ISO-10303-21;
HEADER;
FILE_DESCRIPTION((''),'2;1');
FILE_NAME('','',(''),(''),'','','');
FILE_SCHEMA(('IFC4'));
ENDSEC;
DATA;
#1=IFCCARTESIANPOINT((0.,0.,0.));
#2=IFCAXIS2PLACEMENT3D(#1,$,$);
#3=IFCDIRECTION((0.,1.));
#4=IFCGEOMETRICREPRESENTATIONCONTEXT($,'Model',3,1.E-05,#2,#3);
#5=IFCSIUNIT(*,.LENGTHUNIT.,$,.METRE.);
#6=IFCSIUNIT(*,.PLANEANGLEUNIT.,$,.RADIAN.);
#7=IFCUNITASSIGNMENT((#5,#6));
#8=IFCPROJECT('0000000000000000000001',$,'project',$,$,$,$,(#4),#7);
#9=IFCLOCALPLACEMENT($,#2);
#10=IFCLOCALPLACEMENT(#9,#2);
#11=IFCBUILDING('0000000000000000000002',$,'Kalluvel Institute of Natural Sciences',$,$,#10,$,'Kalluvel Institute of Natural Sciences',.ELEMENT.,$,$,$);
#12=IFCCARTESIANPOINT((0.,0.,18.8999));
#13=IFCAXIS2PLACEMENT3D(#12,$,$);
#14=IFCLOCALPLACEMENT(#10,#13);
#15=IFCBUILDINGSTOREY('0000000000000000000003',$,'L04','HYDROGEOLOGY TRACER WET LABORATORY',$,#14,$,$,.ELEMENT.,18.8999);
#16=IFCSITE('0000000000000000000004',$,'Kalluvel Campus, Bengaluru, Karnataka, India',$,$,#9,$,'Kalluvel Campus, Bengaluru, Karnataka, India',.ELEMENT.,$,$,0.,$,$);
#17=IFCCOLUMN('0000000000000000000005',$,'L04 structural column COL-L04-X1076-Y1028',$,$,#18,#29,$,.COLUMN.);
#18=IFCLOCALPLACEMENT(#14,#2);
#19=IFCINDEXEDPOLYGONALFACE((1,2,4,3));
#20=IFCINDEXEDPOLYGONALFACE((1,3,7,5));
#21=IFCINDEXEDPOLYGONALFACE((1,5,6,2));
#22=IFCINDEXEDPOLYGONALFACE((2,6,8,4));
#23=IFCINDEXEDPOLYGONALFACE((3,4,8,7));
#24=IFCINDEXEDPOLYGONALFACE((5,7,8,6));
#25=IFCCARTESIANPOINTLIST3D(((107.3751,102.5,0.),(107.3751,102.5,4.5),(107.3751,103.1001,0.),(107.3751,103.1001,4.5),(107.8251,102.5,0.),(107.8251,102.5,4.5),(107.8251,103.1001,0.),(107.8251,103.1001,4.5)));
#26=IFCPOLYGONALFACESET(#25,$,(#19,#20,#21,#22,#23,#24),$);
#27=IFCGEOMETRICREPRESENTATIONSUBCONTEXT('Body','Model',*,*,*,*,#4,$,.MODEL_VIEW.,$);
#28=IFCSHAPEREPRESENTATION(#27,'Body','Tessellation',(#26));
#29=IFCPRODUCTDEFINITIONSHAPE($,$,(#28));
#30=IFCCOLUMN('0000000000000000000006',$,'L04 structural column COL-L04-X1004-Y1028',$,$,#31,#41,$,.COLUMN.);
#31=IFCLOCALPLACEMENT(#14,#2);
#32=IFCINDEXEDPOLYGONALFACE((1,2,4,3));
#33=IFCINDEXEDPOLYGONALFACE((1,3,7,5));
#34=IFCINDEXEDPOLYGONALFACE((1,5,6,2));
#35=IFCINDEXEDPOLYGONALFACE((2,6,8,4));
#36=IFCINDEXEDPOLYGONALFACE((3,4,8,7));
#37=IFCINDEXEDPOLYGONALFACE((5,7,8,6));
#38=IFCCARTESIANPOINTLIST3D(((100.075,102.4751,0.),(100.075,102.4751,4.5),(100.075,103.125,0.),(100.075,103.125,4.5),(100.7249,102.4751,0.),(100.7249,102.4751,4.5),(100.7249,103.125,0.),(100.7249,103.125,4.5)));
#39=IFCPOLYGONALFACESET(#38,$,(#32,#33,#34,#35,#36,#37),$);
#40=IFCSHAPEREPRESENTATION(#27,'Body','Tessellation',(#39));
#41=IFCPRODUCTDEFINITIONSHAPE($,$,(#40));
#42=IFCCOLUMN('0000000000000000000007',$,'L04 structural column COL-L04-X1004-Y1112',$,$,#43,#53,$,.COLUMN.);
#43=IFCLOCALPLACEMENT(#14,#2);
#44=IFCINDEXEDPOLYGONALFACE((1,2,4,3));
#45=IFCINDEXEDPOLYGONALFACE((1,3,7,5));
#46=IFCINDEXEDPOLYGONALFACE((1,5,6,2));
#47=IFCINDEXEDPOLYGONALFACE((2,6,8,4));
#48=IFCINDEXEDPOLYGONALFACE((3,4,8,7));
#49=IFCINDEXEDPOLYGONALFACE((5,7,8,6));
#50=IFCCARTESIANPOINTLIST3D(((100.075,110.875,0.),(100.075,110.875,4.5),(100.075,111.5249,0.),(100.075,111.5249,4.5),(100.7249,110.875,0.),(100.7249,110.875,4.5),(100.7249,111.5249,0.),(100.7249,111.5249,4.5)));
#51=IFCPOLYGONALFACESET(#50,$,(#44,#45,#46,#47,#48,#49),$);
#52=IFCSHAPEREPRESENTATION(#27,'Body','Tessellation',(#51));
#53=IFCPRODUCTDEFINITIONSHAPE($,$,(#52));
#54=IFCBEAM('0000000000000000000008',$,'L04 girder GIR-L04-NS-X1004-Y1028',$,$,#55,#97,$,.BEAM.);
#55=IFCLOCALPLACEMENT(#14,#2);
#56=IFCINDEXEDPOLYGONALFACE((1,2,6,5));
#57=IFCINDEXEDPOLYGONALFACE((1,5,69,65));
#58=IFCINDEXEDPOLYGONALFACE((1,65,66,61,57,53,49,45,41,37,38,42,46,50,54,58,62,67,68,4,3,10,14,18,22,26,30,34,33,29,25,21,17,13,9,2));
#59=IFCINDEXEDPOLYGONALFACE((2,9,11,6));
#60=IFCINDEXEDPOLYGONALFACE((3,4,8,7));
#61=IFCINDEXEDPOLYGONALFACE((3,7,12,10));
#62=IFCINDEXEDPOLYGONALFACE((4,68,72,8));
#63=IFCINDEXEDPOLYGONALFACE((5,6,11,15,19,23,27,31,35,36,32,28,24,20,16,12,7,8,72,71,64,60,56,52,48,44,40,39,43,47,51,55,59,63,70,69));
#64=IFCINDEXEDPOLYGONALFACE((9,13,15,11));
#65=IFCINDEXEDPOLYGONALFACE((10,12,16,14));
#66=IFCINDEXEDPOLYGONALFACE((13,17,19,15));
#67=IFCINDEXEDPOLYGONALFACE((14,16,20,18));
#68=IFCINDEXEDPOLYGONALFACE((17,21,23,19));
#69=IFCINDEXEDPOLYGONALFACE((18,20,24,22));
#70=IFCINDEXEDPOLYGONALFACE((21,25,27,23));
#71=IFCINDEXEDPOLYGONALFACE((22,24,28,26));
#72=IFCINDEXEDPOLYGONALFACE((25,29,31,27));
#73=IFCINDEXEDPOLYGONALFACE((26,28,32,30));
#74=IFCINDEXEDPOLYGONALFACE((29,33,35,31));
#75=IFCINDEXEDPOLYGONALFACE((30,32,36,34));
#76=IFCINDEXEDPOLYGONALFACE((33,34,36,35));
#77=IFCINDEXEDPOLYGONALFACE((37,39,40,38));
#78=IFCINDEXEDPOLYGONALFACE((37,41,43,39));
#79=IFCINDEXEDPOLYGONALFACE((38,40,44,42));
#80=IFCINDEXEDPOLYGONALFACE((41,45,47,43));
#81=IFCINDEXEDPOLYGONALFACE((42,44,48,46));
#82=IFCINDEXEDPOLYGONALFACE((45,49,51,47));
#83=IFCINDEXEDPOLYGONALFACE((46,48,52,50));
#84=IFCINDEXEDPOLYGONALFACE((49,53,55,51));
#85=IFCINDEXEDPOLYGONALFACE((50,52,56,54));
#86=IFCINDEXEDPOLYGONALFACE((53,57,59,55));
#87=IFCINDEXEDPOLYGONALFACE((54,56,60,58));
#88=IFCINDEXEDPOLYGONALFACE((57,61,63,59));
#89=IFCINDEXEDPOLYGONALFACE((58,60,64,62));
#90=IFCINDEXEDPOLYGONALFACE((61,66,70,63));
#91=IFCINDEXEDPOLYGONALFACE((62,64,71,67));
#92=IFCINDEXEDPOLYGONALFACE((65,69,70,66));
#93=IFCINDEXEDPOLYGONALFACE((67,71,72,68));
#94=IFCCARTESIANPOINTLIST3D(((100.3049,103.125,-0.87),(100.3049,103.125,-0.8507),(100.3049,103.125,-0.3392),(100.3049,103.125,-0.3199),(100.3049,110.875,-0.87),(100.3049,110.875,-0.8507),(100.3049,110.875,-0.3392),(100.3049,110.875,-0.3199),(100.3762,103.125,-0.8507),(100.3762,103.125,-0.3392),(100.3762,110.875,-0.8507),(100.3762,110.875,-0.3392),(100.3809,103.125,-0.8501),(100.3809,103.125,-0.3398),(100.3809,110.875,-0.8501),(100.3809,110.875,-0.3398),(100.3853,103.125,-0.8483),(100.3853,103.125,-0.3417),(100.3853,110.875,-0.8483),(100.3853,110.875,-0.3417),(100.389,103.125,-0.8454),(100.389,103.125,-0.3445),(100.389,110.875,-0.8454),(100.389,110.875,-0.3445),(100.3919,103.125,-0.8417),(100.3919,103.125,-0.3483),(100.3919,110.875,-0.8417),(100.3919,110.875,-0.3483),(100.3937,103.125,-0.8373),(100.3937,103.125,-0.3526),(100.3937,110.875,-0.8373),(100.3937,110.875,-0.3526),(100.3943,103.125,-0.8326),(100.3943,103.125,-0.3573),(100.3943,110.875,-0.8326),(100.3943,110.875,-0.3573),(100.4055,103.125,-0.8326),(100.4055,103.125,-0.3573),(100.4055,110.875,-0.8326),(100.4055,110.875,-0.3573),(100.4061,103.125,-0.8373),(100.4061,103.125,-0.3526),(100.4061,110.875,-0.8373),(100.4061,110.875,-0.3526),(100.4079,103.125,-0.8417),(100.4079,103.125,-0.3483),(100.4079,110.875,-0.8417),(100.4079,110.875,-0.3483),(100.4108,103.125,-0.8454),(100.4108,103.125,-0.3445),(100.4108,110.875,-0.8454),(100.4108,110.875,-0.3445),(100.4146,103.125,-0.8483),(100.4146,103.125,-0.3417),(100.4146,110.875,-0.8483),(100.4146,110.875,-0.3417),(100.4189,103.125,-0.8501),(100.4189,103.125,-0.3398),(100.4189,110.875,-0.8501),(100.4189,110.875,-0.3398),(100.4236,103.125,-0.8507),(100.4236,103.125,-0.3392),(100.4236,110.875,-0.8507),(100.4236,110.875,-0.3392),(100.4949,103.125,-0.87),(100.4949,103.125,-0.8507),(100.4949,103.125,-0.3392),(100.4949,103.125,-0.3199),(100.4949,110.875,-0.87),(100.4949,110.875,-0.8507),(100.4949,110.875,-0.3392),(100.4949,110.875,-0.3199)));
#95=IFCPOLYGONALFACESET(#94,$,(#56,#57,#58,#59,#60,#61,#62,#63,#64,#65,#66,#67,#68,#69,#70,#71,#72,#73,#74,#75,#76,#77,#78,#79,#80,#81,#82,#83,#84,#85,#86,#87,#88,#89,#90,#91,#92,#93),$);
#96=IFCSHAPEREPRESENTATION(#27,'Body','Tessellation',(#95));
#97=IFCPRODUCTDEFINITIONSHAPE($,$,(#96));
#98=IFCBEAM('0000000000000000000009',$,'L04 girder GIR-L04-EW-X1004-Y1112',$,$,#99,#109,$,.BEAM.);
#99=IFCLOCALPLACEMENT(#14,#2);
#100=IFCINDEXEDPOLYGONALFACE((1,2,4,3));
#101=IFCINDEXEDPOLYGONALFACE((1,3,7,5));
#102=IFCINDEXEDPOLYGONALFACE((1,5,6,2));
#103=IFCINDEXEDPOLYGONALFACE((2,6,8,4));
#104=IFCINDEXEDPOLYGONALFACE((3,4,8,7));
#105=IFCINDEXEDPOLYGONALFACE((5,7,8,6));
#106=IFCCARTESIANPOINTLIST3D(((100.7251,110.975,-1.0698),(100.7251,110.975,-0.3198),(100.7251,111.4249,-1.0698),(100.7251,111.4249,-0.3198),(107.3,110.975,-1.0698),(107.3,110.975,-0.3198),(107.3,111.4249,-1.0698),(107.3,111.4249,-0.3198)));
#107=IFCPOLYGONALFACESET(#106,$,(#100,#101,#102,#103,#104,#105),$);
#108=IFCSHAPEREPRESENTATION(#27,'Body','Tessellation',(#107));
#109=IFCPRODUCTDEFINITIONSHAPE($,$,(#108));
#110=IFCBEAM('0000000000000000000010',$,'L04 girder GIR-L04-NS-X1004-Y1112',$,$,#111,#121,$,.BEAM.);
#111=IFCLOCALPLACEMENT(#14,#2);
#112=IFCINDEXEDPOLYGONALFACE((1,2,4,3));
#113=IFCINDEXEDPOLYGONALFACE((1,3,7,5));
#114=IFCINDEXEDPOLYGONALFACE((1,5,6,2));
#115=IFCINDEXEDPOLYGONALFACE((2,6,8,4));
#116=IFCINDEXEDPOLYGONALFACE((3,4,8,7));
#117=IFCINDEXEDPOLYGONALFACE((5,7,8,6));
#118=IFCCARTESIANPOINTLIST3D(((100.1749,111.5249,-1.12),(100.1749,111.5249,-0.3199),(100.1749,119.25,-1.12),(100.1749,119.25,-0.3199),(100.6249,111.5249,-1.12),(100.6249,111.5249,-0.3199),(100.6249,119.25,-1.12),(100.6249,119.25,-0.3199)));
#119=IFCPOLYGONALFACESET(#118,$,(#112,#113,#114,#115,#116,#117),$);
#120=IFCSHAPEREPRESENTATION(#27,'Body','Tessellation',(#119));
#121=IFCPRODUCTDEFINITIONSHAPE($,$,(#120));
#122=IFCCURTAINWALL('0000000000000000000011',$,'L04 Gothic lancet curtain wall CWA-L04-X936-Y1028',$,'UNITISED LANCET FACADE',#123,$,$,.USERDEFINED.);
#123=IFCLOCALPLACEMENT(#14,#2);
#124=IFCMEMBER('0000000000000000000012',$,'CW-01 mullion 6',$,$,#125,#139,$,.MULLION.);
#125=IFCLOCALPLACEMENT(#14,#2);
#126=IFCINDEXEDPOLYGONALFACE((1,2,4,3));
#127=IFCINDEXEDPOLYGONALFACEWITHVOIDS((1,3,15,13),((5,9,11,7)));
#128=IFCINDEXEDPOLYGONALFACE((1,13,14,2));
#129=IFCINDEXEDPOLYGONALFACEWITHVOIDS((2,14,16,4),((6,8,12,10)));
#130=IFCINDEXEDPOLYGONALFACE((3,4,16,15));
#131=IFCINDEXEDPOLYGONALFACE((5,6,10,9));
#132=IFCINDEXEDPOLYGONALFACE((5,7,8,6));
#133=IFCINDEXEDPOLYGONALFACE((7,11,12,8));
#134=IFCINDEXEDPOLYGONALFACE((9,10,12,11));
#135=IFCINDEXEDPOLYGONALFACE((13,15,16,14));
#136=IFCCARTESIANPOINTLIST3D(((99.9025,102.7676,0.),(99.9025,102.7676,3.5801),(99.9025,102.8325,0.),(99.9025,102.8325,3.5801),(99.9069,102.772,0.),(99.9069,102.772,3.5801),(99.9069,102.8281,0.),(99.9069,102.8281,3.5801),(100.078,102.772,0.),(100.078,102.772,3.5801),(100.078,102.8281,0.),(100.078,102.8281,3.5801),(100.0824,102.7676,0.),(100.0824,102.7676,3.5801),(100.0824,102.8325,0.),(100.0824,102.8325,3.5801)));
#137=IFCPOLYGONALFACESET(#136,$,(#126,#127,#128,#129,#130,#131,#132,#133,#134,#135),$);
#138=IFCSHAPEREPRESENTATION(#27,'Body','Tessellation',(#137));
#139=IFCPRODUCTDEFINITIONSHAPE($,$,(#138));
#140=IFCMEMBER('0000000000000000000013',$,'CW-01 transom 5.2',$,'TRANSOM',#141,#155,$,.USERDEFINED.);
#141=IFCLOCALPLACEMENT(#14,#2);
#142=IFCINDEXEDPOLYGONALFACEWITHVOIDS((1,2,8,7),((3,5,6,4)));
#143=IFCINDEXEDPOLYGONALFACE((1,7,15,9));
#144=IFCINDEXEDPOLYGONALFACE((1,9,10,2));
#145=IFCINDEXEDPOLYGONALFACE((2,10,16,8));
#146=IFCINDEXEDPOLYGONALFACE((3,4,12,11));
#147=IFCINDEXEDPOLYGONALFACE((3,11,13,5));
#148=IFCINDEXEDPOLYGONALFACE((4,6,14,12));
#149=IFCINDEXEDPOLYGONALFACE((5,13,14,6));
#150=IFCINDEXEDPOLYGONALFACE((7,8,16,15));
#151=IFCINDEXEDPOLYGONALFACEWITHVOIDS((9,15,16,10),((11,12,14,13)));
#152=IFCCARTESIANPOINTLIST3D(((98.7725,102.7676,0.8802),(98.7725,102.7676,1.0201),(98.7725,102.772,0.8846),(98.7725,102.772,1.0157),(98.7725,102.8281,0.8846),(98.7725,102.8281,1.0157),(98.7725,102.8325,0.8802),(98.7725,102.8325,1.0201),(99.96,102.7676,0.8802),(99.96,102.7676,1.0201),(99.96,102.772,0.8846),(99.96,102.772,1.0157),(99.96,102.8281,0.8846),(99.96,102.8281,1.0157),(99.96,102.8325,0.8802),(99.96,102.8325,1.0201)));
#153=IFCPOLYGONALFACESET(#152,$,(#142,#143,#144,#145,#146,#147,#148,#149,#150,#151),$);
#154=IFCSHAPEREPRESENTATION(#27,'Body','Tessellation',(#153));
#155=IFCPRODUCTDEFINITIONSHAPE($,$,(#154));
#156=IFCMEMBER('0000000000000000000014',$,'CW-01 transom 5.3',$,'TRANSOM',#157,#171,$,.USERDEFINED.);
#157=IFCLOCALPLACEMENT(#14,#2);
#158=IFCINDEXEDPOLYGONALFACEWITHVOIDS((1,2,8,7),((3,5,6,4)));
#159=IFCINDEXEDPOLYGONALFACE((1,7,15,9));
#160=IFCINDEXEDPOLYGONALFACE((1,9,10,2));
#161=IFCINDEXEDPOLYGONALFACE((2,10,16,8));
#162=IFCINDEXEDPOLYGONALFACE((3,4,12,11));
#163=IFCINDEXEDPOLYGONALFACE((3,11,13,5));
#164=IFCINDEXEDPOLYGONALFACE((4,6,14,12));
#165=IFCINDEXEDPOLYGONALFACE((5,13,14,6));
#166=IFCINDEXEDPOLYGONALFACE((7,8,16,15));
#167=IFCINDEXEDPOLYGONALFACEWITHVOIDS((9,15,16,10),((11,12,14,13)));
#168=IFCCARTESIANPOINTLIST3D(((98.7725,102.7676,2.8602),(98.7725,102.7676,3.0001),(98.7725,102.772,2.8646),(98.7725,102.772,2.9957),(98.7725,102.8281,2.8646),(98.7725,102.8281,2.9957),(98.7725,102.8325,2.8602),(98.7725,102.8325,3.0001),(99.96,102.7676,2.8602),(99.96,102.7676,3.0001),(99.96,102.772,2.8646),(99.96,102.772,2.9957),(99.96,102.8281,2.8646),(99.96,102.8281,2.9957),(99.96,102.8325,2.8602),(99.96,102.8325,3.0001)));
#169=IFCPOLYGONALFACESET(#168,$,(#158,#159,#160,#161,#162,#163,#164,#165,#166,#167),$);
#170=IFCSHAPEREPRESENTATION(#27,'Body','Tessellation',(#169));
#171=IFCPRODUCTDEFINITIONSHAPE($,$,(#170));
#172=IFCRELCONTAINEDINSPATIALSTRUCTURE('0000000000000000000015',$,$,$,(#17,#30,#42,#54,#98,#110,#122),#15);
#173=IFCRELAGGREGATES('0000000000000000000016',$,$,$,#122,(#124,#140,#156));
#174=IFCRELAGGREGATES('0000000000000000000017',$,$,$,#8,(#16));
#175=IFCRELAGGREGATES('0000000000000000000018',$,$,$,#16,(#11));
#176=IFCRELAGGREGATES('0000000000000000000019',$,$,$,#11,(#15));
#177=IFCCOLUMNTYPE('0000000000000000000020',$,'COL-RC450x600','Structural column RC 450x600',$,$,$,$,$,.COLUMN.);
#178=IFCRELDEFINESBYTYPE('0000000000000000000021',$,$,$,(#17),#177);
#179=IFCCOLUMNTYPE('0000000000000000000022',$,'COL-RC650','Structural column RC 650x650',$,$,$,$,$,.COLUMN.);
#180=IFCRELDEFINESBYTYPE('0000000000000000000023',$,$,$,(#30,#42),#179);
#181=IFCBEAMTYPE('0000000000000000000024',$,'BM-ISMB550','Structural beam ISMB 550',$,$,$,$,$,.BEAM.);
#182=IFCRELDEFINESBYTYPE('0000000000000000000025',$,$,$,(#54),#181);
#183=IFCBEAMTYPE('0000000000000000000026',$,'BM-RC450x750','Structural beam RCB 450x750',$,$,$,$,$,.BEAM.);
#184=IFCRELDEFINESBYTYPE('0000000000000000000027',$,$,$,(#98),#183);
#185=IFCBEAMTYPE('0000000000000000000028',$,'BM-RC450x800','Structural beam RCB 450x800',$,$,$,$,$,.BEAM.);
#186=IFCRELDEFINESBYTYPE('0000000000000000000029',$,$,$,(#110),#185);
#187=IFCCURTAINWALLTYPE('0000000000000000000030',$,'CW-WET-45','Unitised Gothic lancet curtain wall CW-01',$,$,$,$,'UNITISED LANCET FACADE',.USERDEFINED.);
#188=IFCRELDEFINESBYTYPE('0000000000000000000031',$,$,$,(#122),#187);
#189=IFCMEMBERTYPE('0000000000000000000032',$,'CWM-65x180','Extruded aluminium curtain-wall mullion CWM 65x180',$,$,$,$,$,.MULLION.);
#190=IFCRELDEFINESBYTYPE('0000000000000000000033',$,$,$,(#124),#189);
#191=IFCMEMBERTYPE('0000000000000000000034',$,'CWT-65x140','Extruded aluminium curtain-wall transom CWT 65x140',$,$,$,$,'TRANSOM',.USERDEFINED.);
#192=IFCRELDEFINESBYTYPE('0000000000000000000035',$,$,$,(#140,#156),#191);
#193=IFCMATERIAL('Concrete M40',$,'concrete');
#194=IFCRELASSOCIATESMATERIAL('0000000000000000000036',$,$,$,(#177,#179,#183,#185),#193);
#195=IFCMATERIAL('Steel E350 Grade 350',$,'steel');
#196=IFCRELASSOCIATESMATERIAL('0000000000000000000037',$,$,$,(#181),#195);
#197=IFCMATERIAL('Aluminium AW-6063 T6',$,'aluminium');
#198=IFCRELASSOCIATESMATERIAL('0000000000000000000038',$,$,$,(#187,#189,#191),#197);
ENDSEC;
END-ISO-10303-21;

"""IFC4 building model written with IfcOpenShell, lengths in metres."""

from ifc_helpers import new_model, si_unit, direction, frame, origin, origin_2d, place, context, subcontext, project, spatial, rectangle, hollow_rectangle, i_section, extrude, material, material_profile, profile_set, type_object, element, aggregate, save


model = new_model("IFC4")

# Units and contexts
model_context = context("Model", 3, precision=1e-05, world=origin(), true_north=direction((0.0, 1.0)))
body_context = subcontext(model_context, "Body", "Model", "MODEL_VIEW")
ifc_project = project(units=[si_unit("LENGTHUNIT", "METRE"), si_unit("PLANEANGLEUNIT", "RADIAN")], contexts=[model_context])

# Site, building, storey
site_placement = place(None, origin())
site = spatial("IfcSite", under=ifc_project, at=site_placement, Name="Kalluvel Campus, Bengaluru, Karnataka, India", LongName="Kalluvel Campus, Bengaluru, Karnataka, India", CompositionType="ELEMENT", RefElevation=0.0)
building_placement = place(site_placement, origin())
building = spatial("IfcBuilding", under=site, at=building_placement, Name="Kalluvel Institute of Natural Sciences", LongName="Kalluvel Institute of Natural Sciences", CompositionType="ELEMENT")
storey_placement = place(building_placement, frame((0.0, 0.0, 18.8999)))
storey = spatial("IfcBuildingStorey", under=building, at=storey_placement, Name="L04", Description="HYDROGEOLOGY TRACER WET LABORATORY", CompositionType="ELEMENT", Elevation=18.8999)

# Columns
ifc_material_1 = material(Name="Concrete M40", Category="concrete")
ifc_material_profile_1 = material_profile(ifc_material_1, rectangle(XDim=0.45, YDim=0.6001, at=origin_2d()), Name="RC 450x600")
ifc_profile_set_1 = profile_set([ifc_material_profile_1], Name="Concrete M40")
column_type_1 = type_object("IfcColumnType", Name="COL-RC450x600", Description="Structural column RC 450x600", PredefinedType="COLUMN", material=ifc_profile_set_1)
column_placement = place(storey_placement, frame((107.6001, 102.8, 0.0), z_axis=(0.0, 0.0, 1.0), x_axis=(1.0, 0.0, 0.0)))
element("IfcColumn", 1, at=column_placement, inside=storey, type_object=column_type_1, Name="L04 structural column COL-L04-X1076-Y1028", PredefinedType="COLUMN", context=body_context, shape_type="SweptSolid", body=[
    extrude(rectangle(XDim=0.45, YDim=0.6001, at=origin_2d()), origin(), (0.0, 0.0, 1.0), 4.5),
])
ifc_material_profile_2 = material_profile(ifc_material_1, rectangle(XDim=0.6499, YDim=0.6499, at=origin_2d()), Name="RC 650x650")
ifc_profile_set_2 = profile_set([ifc_material_profile_2], Name="Concrete M40")
column_type_2 = type_object("IfcColumnType", Name="COL-RC650", Description="Structural column RC 650x650", PredefinedType="COLUMN", material=ifc_profile_set_2)
for number, where, z_axis, x_axis, name in (
    (2, (100.3999, 102.8, 0.0), (0.0, 0.0, 1.0), (1.0, 0.0, 0.0), "L04 structural column COL-L04-X1004-Y1028"),
    (3, (100.3999, 111.2, 0.0), (0.0, 0.0, 1.0), (1.0, 0.0, 0.0), "L04 structural column COL-L04-X1004-Y1112"),
):
    element("IfcColumn", number, at=place(storey_placement, frame(where, z_axis=z_axis, x_axis=x_axis)), inside=storey, type_object=column_type_2, Name=name, PredefinedType="COLUMN", context=body_context, shape_type="SweptSolid", body=[
        extrude(rectangle(XDim=0.6499, YDim=0.6499, at=origin_2d()), origin(), (0.0, 0.0, 1.0), 4.5),
    ])

# Beams
ifc_material_2 = material(Name="Steel E350 Grade 350", Category="steel")
ifc_material_profile_3 = material_profile(ifc_material_2, i_section(OverallWidth=0.1899, OverallDepth=0.55, WebThickness=0.0112, FlangeThickness=0.0193, FilletRadius=0.0181, at=origin_2d()), Name="ISMB 550")
ifc_profile_set_3 = profile_set([ifc_material_profile_3], Name="Steel E350 Grade 350")
beam_type_1 = type_object("IfcBeamType", Name="BM-ISMB550", Description="Structural beam ISMB 550", PredefinedType="BEAM", material=ifc_profile_set_3)
beam_1_placement = place(storey_placement, frame((100.3999, 103.125, -0.595), z_axis=(0.0, 1.0, 0.0), x_axis=(-1.0, 0.0, 0.0)))
element("IfcBeam", 4, at=beam_1_placement, inside=storey, type_object=beam_type_1, Name="L04 girder GIR-L04-NS-X1004-Y1028", PredefinedType="BEAM", context=body_context, shape_type="SweptSolid", body=[
    extrude(i_section(OverallWidth=0.1899, OverallDepth=0.55, WebThickness=0.0112, FlangeThickness=0.0193, FilletRadius=0.0181, at=origin_2d()), origin(), (0.0, 0.0, 1.0), 7.75),
])
ifc_material_profile_4 = material_profile(ifc_material_1, rectangle(XDim=0.45, YDim=0.75, at=origin_2d()), Name="RCB 450x750")
ifc_profile_set_4 = profile_set([ifc_material_profile_4], Name="Concrete M40")
beam_type_2 = type_object("IfcBeamType", Name="BM-RC450x750", Description="Structural beam RCB 450x750", PredefinedType="BEAM", material=ifc_profile_set_4)
beam_2_placement = place(storey_placement, frame((100.7251, 111.2, -0.6948), z_axis=(1.0, 0.0, 0.0), x_axis=(0.0, 1.0, 0.0)))
element("IfcBeam", 5, at=beam_2_placement, inside=storey, type_object=beam_type_2, Name="L04 girder GIR-L04-EW-X1004-Y1112", PredefinedType="BEAM", context=body_context, shape_type="SweptSolid", body=[
    extrude(rectangle(XDim=0.45, YDim=0.75, at=origin_2d()), origin(), (0.0, 0.0, 1.0), 6.575),
])
ifc_material_profile_5 = material_profile(ifc_material_1, rectangle(XDim=0.45, YDim=0.8, at=origin_2d()), Name="RCB 450x800")
ifc_profile_set_5 = profile_set([ifc_material_profile_5], Name="Concrete M40")
beam_type_3 = type_object("IfcBeamType", Name="BM-RC450x800", Description="Structural beam RCB 450x800", PredefinedType="BEAM", material=ifc_profile_set_5)
beam_3_placement = place(storey_placement, frame((100.3999, 111.5249, -0.72), z_axis=(0.0, 1.0, 0.0), x_axis=(-1.0, 0.0, 0.0)))
element("IfcBeam", 6, at=beam_3_placement, inside=storey, type_object=beam_type_3, Name="L04 girder GIR-L04-NS-X1004-Y1112", PredefinedType="BEAM", context=body_context, shape_type="SweptSolid", body=[
    extrude(rectangle(XDim=0.45, YDim=0.8, at=origin_2d()), origin(), (0.0, 0.0, 1.0), 7.7251),
])

# Curtain wall, members
ifc_material_3 = material(Name="Aluminium AW-6063 T6", Category="aluminium")
curtain_wall_type = type_object("IfcCurtainWallType", Name="CW-WET-45", Description="Unitised Gothic lancet curtain wall CW-01", ElementType="UNITISED LANCET FACADE", PredefinedType="USERDEFINED", material=ifc_material_3)
curtain_wall_placement = place(storey_placement, origin())
curtain_wall = element("IfcCurtainWall", 7, at=curtain_wall_placement, inside=storey, type_object=curtain_wall_type, Name="L04 Gothic lancet curtain wall CWA-L04-X936-Y1028", ObjectType="UNITISED LANCET FACADE", PredefinedType="USERDEFINED")
ifc_material_profile_6 = material_profile(ifc_material_3, hollow_rectangle(XDim=0.0649, YDim=0.1799, WallThickness=0.0044, at=origin_2d()), Name="CWM 65x180")
ifc_profile_set_6 = profile_set([ifc_material_profile_6], Name="Aluminium AW-6063 T6")
member_type_1 = type_object("IfcMemberType", Name="CWM-65x180", Description="Extruded aluminium curtain-wall mullion CWM 65x180", PredefinedType="MULLION", material=ifc_profile_set_6)
member_1_placement = place(storey_placement, frame((99.9924, 102.8, 0.0), z_axis=(0.0, 0.0, 1.0), x_axis=(0.0, 1.0, 0.0)))
member_1 = element("IfcMember", 8, at=member_1_placement, type_object=member_type_1, Name="CW-01 mullion 6", PredefinedType="MULLION", context=body_context, shape_type="SweptSolid", body=[
    extrude(hollow_rectangle(XDim=0.0649, YDim=0.1799, WallThickness=0.0044, at=origin_2d()), origin(), (0.0, 0.0, 1.0), 3.5801),
])
ifc_material_profile_7 = material_profile(ifc_material_3, hollow_rectangle(XDim=0.0649, YDim=0.1399, WallThickness=0.0044, at=origin_2d()), Name="CWT 65x140")
ifc_profile_set_7 = profile_set([ifc_material_profile_7], Name="Aluminium AW-6063 T6")
member_type_2 = type_object("IfcMemberType", Name="CWT-65x140", Description="Extruded aluminium curtain-wall transom CWT 65x140", ElementType="TRANSOM", PredefinedType="USERDEFINED", material=ifc_profile_set_7)
member_2_placement = place(storey_placement, frame((98.7725, 102.8, 0.9502), z_axis=(1.0, 0.0, 0.0), x_axis=(0.0, 1.0, 0.0)))
member_2 = element("IfcMember", 9, at=member_2_placement, type_object=member_type_2, Name="CW-01 transom 5.2", ObjectType="TRANSOM", PredefinedType="USERDEFINED", context=body_context, shape_type="SweptSolid", body=[
    extrude(hollow_rectangle(XDim=0.0649, YDim=0.1399, WallThickness=0.0044, at=origin_2d()), origin(), (0.0, 0.0, 1.0), 1.1875),
])
member_3_placement = place(storey_placement, frame((98.7725, 102.8, 2.9302), z_axis=(1.0, 0.0, 0.0), x_axis=(0.0, 1.0, 0.0)))
member_3 = element("IfcMember", 10, at=member_3_placement, type_object=member_type_2, Name="CW-01 transom 5.3", ObjectType="TRANSOM", PredefinedType="USERDEFINED", context=body_context, shape_type="SweptSolid", body=[
    extrude(hollow_rectangle(XDim=0.0649, YDim=0.1399, WallThickness=0.0044, at=origin_2d()), origin(), (0.0, 0.0, 1.0), 1.1875),
])

aggregate(curtain_wall, [member_1, member_2, member_3])

save(model, "model.ifc")
